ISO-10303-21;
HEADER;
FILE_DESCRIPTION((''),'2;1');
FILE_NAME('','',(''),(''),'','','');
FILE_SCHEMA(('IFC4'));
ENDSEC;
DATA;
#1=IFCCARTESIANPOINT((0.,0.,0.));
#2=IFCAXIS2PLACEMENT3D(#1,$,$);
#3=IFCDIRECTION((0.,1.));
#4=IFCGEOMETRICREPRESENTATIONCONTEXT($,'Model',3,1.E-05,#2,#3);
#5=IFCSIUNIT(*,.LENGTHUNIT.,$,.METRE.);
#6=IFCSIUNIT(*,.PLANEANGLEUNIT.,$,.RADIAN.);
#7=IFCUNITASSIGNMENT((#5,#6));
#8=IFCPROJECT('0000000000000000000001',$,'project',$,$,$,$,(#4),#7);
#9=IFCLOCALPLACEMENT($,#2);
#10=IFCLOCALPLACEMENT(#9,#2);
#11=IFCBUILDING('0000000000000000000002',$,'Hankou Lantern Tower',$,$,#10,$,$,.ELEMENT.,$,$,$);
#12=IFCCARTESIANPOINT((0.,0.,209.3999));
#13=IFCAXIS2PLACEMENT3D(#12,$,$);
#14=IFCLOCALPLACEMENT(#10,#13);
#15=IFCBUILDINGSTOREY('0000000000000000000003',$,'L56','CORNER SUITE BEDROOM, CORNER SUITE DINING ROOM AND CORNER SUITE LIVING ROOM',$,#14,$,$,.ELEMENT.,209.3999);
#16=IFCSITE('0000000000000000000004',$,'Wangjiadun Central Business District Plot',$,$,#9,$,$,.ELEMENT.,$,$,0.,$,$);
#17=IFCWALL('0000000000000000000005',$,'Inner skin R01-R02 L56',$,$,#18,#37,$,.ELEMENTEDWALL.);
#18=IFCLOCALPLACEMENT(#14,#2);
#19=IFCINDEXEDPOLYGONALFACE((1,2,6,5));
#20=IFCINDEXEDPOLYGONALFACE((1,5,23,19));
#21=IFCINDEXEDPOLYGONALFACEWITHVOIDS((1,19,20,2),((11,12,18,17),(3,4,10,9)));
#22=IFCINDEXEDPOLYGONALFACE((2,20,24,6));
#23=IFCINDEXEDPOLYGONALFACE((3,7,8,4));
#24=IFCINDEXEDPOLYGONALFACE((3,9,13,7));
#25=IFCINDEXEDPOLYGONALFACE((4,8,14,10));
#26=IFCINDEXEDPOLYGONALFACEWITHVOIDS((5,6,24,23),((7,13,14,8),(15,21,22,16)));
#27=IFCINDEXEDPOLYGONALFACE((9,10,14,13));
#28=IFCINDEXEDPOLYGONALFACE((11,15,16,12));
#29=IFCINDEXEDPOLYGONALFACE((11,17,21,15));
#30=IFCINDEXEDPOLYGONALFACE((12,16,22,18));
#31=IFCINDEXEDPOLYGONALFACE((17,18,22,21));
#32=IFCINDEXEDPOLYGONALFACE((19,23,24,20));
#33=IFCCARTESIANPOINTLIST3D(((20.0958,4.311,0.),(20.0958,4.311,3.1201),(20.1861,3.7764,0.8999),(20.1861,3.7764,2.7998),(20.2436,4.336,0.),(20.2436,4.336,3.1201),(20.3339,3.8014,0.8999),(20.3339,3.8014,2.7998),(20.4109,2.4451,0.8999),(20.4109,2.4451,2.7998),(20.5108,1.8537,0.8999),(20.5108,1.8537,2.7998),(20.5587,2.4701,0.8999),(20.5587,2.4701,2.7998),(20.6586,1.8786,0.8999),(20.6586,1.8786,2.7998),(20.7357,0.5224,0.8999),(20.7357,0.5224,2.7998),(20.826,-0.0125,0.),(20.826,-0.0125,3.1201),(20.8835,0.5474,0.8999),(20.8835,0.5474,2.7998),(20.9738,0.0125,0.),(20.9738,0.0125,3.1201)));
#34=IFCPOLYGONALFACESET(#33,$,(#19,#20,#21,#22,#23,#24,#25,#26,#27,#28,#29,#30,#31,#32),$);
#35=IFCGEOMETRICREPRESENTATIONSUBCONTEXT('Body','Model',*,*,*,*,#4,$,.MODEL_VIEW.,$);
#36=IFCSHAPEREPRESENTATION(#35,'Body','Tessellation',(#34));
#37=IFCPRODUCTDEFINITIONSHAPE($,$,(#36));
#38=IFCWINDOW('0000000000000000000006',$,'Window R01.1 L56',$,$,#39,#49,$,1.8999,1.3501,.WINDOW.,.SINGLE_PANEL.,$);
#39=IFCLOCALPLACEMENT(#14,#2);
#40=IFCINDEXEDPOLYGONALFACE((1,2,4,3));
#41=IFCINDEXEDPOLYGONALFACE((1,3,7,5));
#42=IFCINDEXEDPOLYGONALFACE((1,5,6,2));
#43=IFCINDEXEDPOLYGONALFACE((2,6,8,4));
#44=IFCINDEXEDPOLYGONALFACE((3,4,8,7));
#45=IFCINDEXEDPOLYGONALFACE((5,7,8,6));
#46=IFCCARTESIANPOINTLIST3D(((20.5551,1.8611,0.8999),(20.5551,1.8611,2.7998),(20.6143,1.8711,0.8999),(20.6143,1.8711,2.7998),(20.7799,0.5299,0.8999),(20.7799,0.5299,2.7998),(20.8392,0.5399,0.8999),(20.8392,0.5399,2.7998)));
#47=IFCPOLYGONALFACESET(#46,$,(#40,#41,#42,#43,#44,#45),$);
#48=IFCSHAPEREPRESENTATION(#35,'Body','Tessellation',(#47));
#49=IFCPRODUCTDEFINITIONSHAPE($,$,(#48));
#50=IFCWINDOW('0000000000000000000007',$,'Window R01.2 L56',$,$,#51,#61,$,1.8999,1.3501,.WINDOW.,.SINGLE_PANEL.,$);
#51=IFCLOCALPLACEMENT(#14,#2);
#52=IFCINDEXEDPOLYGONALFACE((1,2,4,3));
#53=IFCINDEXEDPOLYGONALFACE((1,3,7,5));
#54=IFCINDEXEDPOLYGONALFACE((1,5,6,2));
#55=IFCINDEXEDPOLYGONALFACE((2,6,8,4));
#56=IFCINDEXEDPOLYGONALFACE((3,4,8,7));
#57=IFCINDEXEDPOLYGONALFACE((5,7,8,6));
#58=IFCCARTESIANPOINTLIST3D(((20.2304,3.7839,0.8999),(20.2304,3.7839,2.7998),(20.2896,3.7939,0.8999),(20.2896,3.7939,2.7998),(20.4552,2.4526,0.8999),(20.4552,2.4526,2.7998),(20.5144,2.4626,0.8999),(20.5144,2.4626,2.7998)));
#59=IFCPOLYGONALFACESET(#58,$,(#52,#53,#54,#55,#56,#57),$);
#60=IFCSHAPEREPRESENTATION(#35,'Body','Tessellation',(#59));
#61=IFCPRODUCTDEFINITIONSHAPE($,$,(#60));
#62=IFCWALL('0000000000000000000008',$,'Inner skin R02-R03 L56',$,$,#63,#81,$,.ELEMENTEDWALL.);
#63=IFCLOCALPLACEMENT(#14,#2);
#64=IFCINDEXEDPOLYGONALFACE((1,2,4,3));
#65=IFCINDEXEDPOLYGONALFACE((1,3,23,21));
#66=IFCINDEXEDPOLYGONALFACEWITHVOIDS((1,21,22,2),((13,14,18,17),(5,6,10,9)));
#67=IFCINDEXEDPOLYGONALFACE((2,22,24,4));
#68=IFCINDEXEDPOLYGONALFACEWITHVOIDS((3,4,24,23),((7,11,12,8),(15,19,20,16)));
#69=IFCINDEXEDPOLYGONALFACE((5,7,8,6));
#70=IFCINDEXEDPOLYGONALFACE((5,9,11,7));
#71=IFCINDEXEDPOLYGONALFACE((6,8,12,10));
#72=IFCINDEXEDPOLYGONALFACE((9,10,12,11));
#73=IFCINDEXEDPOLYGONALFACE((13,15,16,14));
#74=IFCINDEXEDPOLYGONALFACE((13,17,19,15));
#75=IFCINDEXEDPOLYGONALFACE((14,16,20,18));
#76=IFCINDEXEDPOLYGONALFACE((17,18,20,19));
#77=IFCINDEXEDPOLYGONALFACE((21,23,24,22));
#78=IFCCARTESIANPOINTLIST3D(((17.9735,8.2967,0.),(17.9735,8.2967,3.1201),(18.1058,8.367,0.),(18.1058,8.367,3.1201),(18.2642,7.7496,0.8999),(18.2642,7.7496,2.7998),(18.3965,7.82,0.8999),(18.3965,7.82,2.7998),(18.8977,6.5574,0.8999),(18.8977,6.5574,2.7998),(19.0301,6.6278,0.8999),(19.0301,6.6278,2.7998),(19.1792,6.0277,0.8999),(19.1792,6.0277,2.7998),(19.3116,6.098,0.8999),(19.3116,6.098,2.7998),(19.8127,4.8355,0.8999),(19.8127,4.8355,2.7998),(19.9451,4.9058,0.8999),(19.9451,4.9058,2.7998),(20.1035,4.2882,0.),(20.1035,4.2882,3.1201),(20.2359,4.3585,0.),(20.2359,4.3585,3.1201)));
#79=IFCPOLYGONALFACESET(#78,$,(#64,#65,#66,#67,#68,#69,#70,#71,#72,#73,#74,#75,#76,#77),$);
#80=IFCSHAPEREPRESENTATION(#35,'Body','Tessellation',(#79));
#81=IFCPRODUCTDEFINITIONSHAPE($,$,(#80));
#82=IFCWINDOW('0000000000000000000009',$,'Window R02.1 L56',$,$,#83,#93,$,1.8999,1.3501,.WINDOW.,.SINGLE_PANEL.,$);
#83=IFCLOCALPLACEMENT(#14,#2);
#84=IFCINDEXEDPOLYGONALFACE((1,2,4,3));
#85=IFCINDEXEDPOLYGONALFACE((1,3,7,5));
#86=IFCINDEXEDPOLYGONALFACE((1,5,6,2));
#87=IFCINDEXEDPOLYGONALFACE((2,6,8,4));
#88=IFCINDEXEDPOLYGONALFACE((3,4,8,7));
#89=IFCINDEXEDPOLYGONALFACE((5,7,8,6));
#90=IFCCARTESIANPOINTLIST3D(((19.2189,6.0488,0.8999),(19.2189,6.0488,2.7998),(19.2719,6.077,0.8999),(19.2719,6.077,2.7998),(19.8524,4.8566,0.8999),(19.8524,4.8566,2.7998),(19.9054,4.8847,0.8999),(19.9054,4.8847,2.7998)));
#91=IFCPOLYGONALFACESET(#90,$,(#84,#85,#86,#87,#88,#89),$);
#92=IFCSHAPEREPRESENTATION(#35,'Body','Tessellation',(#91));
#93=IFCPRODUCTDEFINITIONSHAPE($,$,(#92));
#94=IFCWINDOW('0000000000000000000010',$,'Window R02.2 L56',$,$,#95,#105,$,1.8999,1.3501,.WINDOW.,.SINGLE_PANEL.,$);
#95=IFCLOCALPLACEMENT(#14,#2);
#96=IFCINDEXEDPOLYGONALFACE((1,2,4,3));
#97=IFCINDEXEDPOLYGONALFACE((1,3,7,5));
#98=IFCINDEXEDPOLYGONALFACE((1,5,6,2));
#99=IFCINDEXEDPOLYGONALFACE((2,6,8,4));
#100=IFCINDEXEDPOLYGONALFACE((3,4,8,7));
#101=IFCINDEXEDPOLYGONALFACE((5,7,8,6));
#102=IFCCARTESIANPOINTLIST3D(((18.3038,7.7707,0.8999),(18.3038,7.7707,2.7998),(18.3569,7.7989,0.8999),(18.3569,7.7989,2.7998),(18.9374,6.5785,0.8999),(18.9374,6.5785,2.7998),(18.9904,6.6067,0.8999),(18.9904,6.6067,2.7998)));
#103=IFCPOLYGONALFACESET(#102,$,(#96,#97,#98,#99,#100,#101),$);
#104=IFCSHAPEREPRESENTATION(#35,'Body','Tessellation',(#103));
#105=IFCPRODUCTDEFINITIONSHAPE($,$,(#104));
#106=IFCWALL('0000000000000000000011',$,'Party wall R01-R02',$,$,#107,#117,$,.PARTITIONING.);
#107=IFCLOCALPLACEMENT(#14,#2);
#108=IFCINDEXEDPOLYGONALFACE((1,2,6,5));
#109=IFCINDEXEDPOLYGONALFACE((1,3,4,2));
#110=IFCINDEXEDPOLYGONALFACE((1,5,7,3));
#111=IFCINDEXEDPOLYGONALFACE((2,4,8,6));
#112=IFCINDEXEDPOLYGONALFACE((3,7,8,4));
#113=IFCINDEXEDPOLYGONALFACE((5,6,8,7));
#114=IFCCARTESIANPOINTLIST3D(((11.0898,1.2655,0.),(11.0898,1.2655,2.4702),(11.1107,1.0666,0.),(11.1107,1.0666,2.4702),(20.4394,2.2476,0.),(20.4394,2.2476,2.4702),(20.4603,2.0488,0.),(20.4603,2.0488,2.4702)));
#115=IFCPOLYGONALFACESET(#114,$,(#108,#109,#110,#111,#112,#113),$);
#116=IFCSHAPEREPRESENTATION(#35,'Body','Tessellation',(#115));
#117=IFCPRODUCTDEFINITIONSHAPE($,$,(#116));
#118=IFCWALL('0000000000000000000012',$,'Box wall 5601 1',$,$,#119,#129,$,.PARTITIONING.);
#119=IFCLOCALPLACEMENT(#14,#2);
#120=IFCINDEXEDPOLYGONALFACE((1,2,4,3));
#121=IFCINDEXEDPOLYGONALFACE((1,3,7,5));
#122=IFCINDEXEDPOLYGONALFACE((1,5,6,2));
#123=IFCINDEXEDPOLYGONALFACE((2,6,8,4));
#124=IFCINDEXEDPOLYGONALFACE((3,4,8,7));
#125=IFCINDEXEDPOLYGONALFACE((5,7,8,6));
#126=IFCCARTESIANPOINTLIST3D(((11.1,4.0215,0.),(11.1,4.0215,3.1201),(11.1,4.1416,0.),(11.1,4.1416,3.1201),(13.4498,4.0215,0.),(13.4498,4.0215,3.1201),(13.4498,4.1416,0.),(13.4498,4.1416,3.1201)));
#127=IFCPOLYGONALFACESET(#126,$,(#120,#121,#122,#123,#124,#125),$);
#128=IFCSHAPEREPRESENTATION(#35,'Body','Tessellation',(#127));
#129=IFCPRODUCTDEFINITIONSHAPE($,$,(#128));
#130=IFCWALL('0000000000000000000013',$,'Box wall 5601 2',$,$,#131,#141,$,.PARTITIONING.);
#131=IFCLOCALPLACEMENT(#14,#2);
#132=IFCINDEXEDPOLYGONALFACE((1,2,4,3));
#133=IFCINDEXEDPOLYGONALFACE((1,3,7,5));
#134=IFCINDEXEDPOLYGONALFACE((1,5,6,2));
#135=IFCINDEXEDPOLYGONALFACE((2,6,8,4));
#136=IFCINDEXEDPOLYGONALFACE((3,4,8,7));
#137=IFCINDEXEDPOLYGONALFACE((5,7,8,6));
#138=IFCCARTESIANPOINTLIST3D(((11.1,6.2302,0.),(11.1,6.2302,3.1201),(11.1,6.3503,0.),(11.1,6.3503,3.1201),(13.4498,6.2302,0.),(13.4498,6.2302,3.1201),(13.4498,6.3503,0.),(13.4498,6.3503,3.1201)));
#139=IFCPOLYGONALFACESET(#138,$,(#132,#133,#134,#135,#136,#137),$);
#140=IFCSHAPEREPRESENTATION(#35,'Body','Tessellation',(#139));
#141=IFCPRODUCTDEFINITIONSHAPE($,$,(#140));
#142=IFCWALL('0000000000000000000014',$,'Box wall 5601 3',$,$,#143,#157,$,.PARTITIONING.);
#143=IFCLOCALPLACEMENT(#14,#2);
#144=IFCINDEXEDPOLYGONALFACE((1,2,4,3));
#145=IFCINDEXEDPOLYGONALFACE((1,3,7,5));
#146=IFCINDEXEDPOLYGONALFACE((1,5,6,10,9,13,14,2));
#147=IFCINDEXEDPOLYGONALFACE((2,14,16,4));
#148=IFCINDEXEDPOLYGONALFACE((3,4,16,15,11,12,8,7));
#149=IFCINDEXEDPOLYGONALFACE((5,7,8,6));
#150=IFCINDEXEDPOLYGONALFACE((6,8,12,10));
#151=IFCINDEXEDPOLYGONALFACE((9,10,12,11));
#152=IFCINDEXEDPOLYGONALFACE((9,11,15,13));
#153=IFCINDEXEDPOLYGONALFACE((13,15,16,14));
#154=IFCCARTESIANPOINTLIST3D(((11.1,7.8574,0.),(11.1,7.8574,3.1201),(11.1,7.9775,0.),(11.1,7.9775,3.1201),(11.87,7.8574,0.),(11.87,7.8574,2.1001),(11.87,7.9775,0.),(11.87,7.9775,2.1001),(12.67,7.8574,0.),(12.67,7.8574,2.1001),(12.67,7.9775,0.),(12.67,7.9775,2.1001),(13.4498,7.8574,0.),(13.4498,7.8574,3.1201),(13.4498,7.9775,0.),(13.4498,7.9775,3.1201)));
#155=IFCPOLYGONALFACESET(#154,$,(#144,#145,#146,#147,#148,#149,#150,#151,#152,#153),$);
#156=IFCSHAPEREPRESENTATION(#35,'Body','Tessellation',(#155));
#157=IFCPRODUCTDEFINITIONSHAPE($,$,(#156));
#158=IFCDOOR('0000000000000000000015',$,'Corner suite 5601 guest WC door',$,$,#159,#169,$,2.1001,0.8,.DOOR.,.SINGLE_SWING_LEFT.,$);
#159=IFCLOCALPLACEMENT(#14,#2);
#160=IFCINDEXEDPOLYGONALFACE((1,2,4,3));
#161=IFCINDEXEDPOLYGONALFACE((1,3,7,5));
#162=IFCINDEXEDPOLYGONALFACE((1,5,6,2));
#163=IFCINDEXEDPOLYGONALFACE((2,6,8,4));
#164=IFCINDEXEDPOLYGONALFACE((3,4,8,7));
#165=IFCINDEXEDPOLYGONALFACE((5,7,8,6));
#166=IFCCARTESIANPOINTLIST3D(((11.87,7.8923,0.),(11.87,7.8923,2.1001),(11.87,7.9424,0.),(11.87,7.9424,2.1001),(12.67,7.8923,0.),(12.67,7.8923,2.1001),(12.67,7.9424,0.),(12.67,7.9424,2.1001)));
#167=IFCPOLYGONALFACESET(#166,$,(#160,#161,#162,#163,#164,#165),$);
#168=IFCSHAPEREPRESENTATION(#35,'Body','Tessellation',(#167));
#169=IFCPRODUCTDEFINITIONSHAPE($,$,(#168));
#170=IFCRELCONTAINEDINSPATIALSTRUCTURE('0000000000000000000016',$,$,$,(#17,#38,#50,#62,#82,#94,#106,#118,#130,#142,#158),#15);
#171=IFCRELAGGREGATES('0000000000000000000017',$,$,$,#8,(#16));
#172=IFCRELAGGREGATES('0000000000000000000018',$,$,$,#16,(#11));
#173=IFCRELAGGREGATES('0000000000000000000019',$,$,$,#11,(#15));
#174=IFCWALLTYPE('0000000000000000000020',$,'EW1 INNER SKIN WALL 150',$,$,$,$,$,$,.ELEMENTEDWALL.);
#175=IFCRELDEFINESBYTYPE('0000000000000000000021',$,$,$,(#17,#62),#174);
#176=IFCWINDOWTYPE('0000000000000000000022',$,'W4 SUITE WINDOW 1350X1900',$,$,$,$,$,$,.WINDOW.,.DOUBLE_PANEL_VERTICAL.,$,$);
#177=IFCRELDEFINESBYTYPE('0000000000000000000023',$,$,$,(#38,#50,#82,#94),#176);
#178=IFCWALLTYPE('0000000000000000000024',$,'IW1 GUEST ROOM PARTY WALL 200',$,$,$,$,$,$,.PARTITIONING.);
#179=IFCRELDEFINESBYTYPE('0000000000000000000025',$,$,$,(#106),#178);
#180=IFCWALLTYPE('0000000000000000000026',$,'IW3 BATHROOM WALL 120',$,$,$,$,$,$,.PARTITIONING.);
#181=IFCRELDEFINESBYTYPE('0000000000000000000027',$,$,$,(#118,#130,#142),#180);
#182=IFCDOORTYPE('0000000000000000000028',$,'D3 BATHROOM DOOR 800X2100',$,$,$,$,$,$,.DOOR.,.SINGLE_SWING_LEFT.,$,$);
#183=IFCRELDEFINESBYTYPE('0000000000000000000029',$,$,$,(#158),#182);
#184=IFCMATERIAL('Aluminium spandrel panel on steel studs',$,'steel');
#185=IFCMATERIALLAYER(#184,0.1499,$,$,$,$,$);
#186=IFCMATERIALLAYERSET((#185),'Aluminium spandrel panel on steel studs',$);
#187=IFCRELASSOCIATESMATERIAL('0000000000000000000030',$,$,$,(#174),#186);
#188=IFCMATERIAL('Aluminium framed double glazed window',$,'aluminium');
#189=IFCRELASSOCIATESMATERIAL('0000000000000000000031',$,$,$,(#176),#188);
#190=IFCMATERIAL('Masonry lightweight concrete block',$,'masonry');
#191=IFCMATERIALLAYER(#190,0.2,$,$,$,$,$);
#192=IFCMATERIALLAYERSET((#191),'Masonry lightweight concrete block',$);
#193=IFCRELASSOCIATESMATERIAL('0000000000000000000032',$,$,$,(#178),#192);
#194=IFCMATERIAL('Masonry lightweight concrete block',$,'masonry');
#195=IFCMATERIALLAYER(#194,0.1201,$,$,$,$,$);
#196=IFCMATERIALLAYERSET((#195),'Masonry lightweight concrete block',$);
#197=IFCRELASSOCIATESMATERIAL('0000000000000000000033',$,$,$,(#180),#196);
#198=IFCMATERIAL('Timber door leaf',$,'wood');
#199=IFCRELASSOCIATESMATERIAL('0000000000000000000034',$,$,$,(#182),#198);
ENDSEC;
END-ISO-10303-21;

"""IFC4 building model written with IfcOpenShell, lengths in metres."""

from ifc_helpers import new_model, si_unit, direction, frame, frame_2d, origin, place, context, subcontext, project, spatial, rectangle, extrude, material, layer, layer_set, type_object, element, fill, save


model = new_model("IFC4")

# Units and contexts
model_context = context("Model", 3, precision=1e-05, world=origin(), true_north=direction((0.0, 1.0)))
body_context = subcontext(model_context, "Body", "Model", "MODEL_VIEW")
ifc_project = project(units=[si_unit("LENGTHUNIT", "METRE"), si_unit("PLANEANGLEUNIT", "RADIAN")], contexts=[model_context])

# Site, building, storey
site_placement = place(None, origin())
site = spatial("IfcSite", under=ifc_project, at=site_placement, Name="Wangjiadun Central Business District Plot", CompositionType="ELEMENT", RefElevation=0.0)
building_placement = place(site_placement, origin())
building = spatial("IfcBuilding", under=site, at=building_placement, Name="Hankou Lantern Tower", CompositionType="ELEMENT")
storey_placement = place(building_placement, frame((0.0, 0.0, 209.3999)))
storey = spatial("IfcBuildingStorey", under=building, at=storey_placement, Name="L56", Description="CORNER SUITE BEDROOM, CORNER SUITE DINING ROOM AND CORNER SUITE LIVING ROOM", CompositionType="ELEMENT", Elevation=209.3999)

# Walls, openings, windows
ifc_material_1 = material(Name="Aluminium spandrel panel on steel studs", Category="steel")
ifc_layer_1 = layer(ifc_material_1, 0.1499)
ifc_layer_set_1 = layer_set([ifc_layer_1], Name="Aluminium spandrel panel on steel studs")
wall_type_1 = type_object("IfcWallType", Name="EW1 INNER SKIN WALL 150", PredefinedType="ELEMENTEDWALL", material=ifc_layer_set_1)
wall_1_placement = place(storey_placement, frame((20.8999, 0.0, 0.0), z_axis=(0.0, 0.0, 1.0), x_axis=(-0.166539, 0.986035, 0.0)))
wall_1 = element("IfcWall", 1, at=wall_1_placement, inside=storey, type_object=wall_type_1, Name="Inner skin R01-R02 L56", PredefinedType="ELEMENTEDWALL", context=body_context, shape_type="SweptSolid", body=[
    extrude(rectangle(XDim=4.3848, YDim=0.1499, at=frame_2d((2.1924, 0.0))), origin(), (0.0, 0.0, 1.0), 3.1201),
])
opening_1_placement = place(wall_1_placement, frame((0.5425, 0.0, 0.8999)))
opening_1 = element("IfcOpeningElement", 2, at=opening_1_placement, cuts=wall_1, PredefinedType="OPENING", context=body_context, shape_type="SweptSolid", body=[
    extrude(rectangle(XDim=1.3501, YDim=1.8999, at=frame_2d((0.675, 0.95))), frame((0.0, 0.085, 0.0), z_axis=(0.0, -1.0, 0.0), x_axis=(1.0, 0.0, 0.0)), (0.0, 0.0, 1.0), 0.1699),
])
opening_2_placement = place(wall_1_placement, frame((2.4924, 0.0, 0.8999)))
opening_2 = element("IfcOpeningElement", 3, at=opening_2_placement, cuts=wall_1, PredefinedType="OPENING", context=body_context, shape_type="SweptSolid", body=[
    extrude(rectangle(XDim=1.3501, YDim=1.8999, at=frame_2d((0.675, 0.95))), frame((0.0, 0.085, 0.0), z_axis=(0.0, -1.0, 0.0), x_axis=(1.0, 0.0, 0.0)), (0.0, 0.0, 1.0), 0.1699),
])
ifc_material_2 = material(Name="Aluminium framed double glazed window", Category="aluminium")
window_type = type_object("IfcWindowType", Name="W4 SUITE WINDOW 1350X1900", PartitioningType="DOUBLE_PANEL_VERTICAL", PredefinedType="WINDOW", material=ifc_material_2)
window_1_placement = place(opening_1_placement, origin())
window_1 = element("IfcWindow", 4, at=window_1_placement, inside=storey, type_object=window_type, Name="Window R01.1 L56", OverallHeight=1.8999, OverallWidth=1.3501, PartitioningType="SINGLE_PANEL", PredefinedType="WINDOW", context=body_context, shape_type="SweptSolid", body=[
    extrude(rectangle(XDim=1.3501, YDim=1.8999, at=frame_2d((0.675, 0.95))), frame((0.0, 0.03, 0.0), z_axis=(0.0, -1.0, 0.0), x_axis=(1.0, 0.0, 0.0)), (0.0, 0.0, 1.0), 0.0601),
])
fill(opening_1, window_1)
window_2_placement = place(opening_2_placement, origin())
window_2 = element("IfcWindow", 5, at=window_2_placement, inside=storey, type_object=window_type, Name="Window R01.2 L56", OverallHeight=1.8999, OverallWidth=1.3501, PartitioningType="SINGLE_PANEL", PredefinedType="WINDOW", context=body_context, shape_type="SweptSolid", body=[
    extrude(rectangle(XDim=1.3501, YDim=1.8999, at=frame_2d((0.675, 0.95))), frame((0.0, 0.03, 0.0), z_axis=(0.0, -1.0, 0.0), x_axis=(1.0, 0.0, 0.0)), (0.0, 0.0, 1.0), 0.0601),
])
fill(opening_2, window_2)
wall_2_placement = place(storey_placement, frame((20.1697, 4.3235, 0.0), z_axis=(0.0, 0.0, 1.0), x_axis=(-0.469256, 0.883062, 0.0)))
wall_2 = element("IfcWall", 6, at=wall_2_placement, inside=storey, type_object=wall_type_1, Name="Inner skin R02-R03 L56", PredefinedType="ELEMENTEDWALL", context=body_context, shape_type="SweptSolid", body=[
    extrude(rectangle(XDim=4.5393, YDim=0.1499, at=frame_2d((2.2695, 0.0))), origin(), (0.0, 0.0, 1.0), 3.1201),
])
opening_3_placement = place(wall_2_placement, frame((0.6196, 0.0, 0.8999)))
opening_3 = element("IfcOpeningElement", 7, at=opening_3_placement, cuts=wall_2, PredefinedType="OPENING", context=body_context, shape_type="SweptSolid", body=[
    extrude(rectangle(XDim=1.3501, YDim=1.8999, at=frame_2d((0.675, 0.95))), frame((0.0, 0.085, 0.0), z_axis=(0.0, -1.0, 0.0), x_axis=(1.0, 0.0, 0.0)), (0.0, 0.0, 1.0), 0.1699),
])
opening_4_placement = place(wall_2_placement, frame((2.5696, 0.0, 0.8999)))
opening_4 = element("IfcOpeningElement", 8, at=opening_4_placement, cuts=wall_2, PredefinedType="OPENING", context=body_context, shape_type="SweptSolid", body=[
    extrude(rectangle(XDim=1.3501, YDim=1.8999, at=frame_2d((0.675, 0.95))), frame((0.0, 0.085, 0.0), z_axis=(0.0, -1.0, 0.0), x_axis=(1.0, 0.0, 0.0)), (0.0, 0.0, 1.0), 0.1699),
])
window_3_placement = place(opening_3_placement, origin())
window_3 = element("IfcWindow", 9, at=window_3_placement, inside=storey, type_object=window_type, Name="Window R02.1 L56", OverallHeight=1.8999, OverallWidth=1.3501, PartitioningType="SINGLE_PANEL", PredefinedType="WINDOW", context=body_context, shape_type="SweptSolid", body=[
    extrude(rectangle(XDim=1.3501, YDim=1.8999, at=frame_2d((0.675, 0.95))), frame((0.0, 0.03, 0.0), z_axis=(0.0, -1.0, 0.0), x_axis=(1.0, 0.0, 0.0)), (0.0, 0.0, 1.0), 0.0601),
])
fill(opening_3, window_3)
window_4_placement = place(opening_4_placement, origin())
window_4 = element("IfcWindow", 10, at=window_4_placement, inside=storey, type_object=window_type, Name="Window R02.2 L56", OverallHeight=1.8999, OverallWidth=1.3501, PartitioningType="SINGLE_PANEL", PredefinedType="WINDOW", context=body_context, shape_type="SweptSolid", body=[
    extrude(rectangle(XDim=1.3501, YDim=1.8999, at=frame_2d((0.675, 0.95))), frame((0.0, 0.03, 0.0), z_axis=(0.0, -1.0, 0.0), x_axis=(1.0, 0.0, 0.0)), (0.0, 0.0, 1.0), 0.0601),
])
fill(opening_4, window_4)

# Walls
ifc_material_3 = material(Name="Masonry lightweight concrete block", Category="masonry")
ifc_layer_2 = layer(ifc_material_3, 0.2)
ifc_layer_set_2 = layer_set([ifc_layer_2], Name="Masonry lightweight concrete block")
wall_type_2 = type_object("IfcWallType", Name="IW1 GUEST ROOM PARTY WALL 200", PredefinedType="PARTITIONING", material=ifc_layer_set_2)
wall_3_placement = place(storey_placement, frame((11.1001, 1.166, 0.0), z_axis=(0.0, 0.0, 1.0), x_axis=(0.994527, 0.104475, 0.0)))
element("IfcWall", 11, at=wall_3_placement, inside=storey, type_object=wall_type_2, Name="Party wall R01-R02", PredefinedType="PARTITIONING", context=body_context, shape_type="SweptSolid", body=[
    extrude(rectangle(XDim=9.4011, YDim=0.2, at=frame_2d((4.7007, 0.0))), origin(), (0.0, 0.0, 1.0), 2.4702),
])
ifc_material_4 = material(Name="Masonry lightweight concrete block", Category="masonry")
ifc_layer_3 = layer(ifc_material_4, 0.1201)
ifc_layer_set_3 = layer_set([ifc_layer_3], Name="Masonry lightweight concrete block")
wall_type_3 = type_object("IfcWallType", Name="IW3 BATHROOM WALL 120", PredefinedType="PARTITIONING", material=ifc_layer_set_3)
for number, where, z_axis, x_axis, name in (
    (12, (11.1001, 4.0815, 0.0), (0.0, 0.0, 1.0), (1.0, 0.0, 0.0), "Box wall 5601 1"),
    (13, (11.1001, 6.2903, 0.0), (0.0, 0.0, 1.0), (1.0, 0.0, 0.0), "Box wall 5601 2"),
):
    element("IfcWall", number, at=place(storey_placement, frame(where, z_axis=z_axis, x_axis=x_axis)), inside=storey, type_object=wall_type_3, Name=name, PredefinedType="PARTITIONING", context=body_context, shape_type="SweptSolid", body=[
        extrude(rectangle(XDim=2.3499, YDim=0.1201, at=frame_2d((1.1748, 0.0))), origin(), (0.0, 0.0, 1.0), 3.1201),
    ])

# Wall, opening, door
wall_4_placement = place(storey_placement, frame((11.1001, 7.9175, 0.0), z_axis=(0.0, 0.0, 1.0), x_axis=(1.0, 0.0, 0.0)))
wall_4 = element("IfcWall", 14, at=wall_4_placement, inside=storey, type_object=wall_type_3, Name="Box wall 5601 3", PredefinedType="PARTITIONING", context=body_context, shape_type="SweptSolid", body=[
    extrude(rectangle(XDim=2.3499, YDim=0.1201, at=frame_2d((1.1748, 0.0))), origin(), (0.0, 0.0, 1.0), 3.1201),
])
opening_5_placement = place(wall_4_placement, frame((0.77, 0.0, 0.0)))
opening_5 = element("IfcOpeningElement", 15, at=opening_5_placement, cuts=wall_4, PredefinedType="OPENING", context=body_context, shape_type="SweptSolid", body=[
    extrude(rectangle(XDim=0.8, YDim=2.1001, at=frame_2d((0.3999, 1.05))), frame((0.0, 0.0701, 0.0), z_axis=(0.0, -1.0, 0.0), x_axis=(1.0, 0.0, 0.0)), (0.0, 0.0, 1.0), 0.1401),
])
ifc_material_5 = material(Name="Timber door leaf", Category="wood")
door_type_1 = type_object("IfcDoorType", Name="D3 BATHROOM DOOR 800X2100", OperationType="SINGLE_SWING_LEFT", PredefinedType="DOOR", material=ifc_material_5)
door_1_placement = place(opening_5_placement, origin())
door_1 = element("IfcDoor", 16, at=door_1_placement, inside=storey, type_object=door_type_1, Name="Corner suite 5601 guest WC door", OperationType="SINGLE_SWING_LEFT", OverallHeight=2.1001, OverallWidth=0.8, PredefinedType="DOOR", context=body_context, shape_type="SweptSolid", body=[
    extrude(rectangle(XDim=0.8, YDim=2.1001, at=frame_2d((0.3999, 1.05))), frame((0.0, 0.0249, 0.0), z_axis=(0.0, -1.0, 0.0), x_axis=(1.0, 0.0, 0.0)), (0.0, 0.0, 1.0), 0.05),
])
fill(opening_5, door_1)

save(model, "model.ifc")
